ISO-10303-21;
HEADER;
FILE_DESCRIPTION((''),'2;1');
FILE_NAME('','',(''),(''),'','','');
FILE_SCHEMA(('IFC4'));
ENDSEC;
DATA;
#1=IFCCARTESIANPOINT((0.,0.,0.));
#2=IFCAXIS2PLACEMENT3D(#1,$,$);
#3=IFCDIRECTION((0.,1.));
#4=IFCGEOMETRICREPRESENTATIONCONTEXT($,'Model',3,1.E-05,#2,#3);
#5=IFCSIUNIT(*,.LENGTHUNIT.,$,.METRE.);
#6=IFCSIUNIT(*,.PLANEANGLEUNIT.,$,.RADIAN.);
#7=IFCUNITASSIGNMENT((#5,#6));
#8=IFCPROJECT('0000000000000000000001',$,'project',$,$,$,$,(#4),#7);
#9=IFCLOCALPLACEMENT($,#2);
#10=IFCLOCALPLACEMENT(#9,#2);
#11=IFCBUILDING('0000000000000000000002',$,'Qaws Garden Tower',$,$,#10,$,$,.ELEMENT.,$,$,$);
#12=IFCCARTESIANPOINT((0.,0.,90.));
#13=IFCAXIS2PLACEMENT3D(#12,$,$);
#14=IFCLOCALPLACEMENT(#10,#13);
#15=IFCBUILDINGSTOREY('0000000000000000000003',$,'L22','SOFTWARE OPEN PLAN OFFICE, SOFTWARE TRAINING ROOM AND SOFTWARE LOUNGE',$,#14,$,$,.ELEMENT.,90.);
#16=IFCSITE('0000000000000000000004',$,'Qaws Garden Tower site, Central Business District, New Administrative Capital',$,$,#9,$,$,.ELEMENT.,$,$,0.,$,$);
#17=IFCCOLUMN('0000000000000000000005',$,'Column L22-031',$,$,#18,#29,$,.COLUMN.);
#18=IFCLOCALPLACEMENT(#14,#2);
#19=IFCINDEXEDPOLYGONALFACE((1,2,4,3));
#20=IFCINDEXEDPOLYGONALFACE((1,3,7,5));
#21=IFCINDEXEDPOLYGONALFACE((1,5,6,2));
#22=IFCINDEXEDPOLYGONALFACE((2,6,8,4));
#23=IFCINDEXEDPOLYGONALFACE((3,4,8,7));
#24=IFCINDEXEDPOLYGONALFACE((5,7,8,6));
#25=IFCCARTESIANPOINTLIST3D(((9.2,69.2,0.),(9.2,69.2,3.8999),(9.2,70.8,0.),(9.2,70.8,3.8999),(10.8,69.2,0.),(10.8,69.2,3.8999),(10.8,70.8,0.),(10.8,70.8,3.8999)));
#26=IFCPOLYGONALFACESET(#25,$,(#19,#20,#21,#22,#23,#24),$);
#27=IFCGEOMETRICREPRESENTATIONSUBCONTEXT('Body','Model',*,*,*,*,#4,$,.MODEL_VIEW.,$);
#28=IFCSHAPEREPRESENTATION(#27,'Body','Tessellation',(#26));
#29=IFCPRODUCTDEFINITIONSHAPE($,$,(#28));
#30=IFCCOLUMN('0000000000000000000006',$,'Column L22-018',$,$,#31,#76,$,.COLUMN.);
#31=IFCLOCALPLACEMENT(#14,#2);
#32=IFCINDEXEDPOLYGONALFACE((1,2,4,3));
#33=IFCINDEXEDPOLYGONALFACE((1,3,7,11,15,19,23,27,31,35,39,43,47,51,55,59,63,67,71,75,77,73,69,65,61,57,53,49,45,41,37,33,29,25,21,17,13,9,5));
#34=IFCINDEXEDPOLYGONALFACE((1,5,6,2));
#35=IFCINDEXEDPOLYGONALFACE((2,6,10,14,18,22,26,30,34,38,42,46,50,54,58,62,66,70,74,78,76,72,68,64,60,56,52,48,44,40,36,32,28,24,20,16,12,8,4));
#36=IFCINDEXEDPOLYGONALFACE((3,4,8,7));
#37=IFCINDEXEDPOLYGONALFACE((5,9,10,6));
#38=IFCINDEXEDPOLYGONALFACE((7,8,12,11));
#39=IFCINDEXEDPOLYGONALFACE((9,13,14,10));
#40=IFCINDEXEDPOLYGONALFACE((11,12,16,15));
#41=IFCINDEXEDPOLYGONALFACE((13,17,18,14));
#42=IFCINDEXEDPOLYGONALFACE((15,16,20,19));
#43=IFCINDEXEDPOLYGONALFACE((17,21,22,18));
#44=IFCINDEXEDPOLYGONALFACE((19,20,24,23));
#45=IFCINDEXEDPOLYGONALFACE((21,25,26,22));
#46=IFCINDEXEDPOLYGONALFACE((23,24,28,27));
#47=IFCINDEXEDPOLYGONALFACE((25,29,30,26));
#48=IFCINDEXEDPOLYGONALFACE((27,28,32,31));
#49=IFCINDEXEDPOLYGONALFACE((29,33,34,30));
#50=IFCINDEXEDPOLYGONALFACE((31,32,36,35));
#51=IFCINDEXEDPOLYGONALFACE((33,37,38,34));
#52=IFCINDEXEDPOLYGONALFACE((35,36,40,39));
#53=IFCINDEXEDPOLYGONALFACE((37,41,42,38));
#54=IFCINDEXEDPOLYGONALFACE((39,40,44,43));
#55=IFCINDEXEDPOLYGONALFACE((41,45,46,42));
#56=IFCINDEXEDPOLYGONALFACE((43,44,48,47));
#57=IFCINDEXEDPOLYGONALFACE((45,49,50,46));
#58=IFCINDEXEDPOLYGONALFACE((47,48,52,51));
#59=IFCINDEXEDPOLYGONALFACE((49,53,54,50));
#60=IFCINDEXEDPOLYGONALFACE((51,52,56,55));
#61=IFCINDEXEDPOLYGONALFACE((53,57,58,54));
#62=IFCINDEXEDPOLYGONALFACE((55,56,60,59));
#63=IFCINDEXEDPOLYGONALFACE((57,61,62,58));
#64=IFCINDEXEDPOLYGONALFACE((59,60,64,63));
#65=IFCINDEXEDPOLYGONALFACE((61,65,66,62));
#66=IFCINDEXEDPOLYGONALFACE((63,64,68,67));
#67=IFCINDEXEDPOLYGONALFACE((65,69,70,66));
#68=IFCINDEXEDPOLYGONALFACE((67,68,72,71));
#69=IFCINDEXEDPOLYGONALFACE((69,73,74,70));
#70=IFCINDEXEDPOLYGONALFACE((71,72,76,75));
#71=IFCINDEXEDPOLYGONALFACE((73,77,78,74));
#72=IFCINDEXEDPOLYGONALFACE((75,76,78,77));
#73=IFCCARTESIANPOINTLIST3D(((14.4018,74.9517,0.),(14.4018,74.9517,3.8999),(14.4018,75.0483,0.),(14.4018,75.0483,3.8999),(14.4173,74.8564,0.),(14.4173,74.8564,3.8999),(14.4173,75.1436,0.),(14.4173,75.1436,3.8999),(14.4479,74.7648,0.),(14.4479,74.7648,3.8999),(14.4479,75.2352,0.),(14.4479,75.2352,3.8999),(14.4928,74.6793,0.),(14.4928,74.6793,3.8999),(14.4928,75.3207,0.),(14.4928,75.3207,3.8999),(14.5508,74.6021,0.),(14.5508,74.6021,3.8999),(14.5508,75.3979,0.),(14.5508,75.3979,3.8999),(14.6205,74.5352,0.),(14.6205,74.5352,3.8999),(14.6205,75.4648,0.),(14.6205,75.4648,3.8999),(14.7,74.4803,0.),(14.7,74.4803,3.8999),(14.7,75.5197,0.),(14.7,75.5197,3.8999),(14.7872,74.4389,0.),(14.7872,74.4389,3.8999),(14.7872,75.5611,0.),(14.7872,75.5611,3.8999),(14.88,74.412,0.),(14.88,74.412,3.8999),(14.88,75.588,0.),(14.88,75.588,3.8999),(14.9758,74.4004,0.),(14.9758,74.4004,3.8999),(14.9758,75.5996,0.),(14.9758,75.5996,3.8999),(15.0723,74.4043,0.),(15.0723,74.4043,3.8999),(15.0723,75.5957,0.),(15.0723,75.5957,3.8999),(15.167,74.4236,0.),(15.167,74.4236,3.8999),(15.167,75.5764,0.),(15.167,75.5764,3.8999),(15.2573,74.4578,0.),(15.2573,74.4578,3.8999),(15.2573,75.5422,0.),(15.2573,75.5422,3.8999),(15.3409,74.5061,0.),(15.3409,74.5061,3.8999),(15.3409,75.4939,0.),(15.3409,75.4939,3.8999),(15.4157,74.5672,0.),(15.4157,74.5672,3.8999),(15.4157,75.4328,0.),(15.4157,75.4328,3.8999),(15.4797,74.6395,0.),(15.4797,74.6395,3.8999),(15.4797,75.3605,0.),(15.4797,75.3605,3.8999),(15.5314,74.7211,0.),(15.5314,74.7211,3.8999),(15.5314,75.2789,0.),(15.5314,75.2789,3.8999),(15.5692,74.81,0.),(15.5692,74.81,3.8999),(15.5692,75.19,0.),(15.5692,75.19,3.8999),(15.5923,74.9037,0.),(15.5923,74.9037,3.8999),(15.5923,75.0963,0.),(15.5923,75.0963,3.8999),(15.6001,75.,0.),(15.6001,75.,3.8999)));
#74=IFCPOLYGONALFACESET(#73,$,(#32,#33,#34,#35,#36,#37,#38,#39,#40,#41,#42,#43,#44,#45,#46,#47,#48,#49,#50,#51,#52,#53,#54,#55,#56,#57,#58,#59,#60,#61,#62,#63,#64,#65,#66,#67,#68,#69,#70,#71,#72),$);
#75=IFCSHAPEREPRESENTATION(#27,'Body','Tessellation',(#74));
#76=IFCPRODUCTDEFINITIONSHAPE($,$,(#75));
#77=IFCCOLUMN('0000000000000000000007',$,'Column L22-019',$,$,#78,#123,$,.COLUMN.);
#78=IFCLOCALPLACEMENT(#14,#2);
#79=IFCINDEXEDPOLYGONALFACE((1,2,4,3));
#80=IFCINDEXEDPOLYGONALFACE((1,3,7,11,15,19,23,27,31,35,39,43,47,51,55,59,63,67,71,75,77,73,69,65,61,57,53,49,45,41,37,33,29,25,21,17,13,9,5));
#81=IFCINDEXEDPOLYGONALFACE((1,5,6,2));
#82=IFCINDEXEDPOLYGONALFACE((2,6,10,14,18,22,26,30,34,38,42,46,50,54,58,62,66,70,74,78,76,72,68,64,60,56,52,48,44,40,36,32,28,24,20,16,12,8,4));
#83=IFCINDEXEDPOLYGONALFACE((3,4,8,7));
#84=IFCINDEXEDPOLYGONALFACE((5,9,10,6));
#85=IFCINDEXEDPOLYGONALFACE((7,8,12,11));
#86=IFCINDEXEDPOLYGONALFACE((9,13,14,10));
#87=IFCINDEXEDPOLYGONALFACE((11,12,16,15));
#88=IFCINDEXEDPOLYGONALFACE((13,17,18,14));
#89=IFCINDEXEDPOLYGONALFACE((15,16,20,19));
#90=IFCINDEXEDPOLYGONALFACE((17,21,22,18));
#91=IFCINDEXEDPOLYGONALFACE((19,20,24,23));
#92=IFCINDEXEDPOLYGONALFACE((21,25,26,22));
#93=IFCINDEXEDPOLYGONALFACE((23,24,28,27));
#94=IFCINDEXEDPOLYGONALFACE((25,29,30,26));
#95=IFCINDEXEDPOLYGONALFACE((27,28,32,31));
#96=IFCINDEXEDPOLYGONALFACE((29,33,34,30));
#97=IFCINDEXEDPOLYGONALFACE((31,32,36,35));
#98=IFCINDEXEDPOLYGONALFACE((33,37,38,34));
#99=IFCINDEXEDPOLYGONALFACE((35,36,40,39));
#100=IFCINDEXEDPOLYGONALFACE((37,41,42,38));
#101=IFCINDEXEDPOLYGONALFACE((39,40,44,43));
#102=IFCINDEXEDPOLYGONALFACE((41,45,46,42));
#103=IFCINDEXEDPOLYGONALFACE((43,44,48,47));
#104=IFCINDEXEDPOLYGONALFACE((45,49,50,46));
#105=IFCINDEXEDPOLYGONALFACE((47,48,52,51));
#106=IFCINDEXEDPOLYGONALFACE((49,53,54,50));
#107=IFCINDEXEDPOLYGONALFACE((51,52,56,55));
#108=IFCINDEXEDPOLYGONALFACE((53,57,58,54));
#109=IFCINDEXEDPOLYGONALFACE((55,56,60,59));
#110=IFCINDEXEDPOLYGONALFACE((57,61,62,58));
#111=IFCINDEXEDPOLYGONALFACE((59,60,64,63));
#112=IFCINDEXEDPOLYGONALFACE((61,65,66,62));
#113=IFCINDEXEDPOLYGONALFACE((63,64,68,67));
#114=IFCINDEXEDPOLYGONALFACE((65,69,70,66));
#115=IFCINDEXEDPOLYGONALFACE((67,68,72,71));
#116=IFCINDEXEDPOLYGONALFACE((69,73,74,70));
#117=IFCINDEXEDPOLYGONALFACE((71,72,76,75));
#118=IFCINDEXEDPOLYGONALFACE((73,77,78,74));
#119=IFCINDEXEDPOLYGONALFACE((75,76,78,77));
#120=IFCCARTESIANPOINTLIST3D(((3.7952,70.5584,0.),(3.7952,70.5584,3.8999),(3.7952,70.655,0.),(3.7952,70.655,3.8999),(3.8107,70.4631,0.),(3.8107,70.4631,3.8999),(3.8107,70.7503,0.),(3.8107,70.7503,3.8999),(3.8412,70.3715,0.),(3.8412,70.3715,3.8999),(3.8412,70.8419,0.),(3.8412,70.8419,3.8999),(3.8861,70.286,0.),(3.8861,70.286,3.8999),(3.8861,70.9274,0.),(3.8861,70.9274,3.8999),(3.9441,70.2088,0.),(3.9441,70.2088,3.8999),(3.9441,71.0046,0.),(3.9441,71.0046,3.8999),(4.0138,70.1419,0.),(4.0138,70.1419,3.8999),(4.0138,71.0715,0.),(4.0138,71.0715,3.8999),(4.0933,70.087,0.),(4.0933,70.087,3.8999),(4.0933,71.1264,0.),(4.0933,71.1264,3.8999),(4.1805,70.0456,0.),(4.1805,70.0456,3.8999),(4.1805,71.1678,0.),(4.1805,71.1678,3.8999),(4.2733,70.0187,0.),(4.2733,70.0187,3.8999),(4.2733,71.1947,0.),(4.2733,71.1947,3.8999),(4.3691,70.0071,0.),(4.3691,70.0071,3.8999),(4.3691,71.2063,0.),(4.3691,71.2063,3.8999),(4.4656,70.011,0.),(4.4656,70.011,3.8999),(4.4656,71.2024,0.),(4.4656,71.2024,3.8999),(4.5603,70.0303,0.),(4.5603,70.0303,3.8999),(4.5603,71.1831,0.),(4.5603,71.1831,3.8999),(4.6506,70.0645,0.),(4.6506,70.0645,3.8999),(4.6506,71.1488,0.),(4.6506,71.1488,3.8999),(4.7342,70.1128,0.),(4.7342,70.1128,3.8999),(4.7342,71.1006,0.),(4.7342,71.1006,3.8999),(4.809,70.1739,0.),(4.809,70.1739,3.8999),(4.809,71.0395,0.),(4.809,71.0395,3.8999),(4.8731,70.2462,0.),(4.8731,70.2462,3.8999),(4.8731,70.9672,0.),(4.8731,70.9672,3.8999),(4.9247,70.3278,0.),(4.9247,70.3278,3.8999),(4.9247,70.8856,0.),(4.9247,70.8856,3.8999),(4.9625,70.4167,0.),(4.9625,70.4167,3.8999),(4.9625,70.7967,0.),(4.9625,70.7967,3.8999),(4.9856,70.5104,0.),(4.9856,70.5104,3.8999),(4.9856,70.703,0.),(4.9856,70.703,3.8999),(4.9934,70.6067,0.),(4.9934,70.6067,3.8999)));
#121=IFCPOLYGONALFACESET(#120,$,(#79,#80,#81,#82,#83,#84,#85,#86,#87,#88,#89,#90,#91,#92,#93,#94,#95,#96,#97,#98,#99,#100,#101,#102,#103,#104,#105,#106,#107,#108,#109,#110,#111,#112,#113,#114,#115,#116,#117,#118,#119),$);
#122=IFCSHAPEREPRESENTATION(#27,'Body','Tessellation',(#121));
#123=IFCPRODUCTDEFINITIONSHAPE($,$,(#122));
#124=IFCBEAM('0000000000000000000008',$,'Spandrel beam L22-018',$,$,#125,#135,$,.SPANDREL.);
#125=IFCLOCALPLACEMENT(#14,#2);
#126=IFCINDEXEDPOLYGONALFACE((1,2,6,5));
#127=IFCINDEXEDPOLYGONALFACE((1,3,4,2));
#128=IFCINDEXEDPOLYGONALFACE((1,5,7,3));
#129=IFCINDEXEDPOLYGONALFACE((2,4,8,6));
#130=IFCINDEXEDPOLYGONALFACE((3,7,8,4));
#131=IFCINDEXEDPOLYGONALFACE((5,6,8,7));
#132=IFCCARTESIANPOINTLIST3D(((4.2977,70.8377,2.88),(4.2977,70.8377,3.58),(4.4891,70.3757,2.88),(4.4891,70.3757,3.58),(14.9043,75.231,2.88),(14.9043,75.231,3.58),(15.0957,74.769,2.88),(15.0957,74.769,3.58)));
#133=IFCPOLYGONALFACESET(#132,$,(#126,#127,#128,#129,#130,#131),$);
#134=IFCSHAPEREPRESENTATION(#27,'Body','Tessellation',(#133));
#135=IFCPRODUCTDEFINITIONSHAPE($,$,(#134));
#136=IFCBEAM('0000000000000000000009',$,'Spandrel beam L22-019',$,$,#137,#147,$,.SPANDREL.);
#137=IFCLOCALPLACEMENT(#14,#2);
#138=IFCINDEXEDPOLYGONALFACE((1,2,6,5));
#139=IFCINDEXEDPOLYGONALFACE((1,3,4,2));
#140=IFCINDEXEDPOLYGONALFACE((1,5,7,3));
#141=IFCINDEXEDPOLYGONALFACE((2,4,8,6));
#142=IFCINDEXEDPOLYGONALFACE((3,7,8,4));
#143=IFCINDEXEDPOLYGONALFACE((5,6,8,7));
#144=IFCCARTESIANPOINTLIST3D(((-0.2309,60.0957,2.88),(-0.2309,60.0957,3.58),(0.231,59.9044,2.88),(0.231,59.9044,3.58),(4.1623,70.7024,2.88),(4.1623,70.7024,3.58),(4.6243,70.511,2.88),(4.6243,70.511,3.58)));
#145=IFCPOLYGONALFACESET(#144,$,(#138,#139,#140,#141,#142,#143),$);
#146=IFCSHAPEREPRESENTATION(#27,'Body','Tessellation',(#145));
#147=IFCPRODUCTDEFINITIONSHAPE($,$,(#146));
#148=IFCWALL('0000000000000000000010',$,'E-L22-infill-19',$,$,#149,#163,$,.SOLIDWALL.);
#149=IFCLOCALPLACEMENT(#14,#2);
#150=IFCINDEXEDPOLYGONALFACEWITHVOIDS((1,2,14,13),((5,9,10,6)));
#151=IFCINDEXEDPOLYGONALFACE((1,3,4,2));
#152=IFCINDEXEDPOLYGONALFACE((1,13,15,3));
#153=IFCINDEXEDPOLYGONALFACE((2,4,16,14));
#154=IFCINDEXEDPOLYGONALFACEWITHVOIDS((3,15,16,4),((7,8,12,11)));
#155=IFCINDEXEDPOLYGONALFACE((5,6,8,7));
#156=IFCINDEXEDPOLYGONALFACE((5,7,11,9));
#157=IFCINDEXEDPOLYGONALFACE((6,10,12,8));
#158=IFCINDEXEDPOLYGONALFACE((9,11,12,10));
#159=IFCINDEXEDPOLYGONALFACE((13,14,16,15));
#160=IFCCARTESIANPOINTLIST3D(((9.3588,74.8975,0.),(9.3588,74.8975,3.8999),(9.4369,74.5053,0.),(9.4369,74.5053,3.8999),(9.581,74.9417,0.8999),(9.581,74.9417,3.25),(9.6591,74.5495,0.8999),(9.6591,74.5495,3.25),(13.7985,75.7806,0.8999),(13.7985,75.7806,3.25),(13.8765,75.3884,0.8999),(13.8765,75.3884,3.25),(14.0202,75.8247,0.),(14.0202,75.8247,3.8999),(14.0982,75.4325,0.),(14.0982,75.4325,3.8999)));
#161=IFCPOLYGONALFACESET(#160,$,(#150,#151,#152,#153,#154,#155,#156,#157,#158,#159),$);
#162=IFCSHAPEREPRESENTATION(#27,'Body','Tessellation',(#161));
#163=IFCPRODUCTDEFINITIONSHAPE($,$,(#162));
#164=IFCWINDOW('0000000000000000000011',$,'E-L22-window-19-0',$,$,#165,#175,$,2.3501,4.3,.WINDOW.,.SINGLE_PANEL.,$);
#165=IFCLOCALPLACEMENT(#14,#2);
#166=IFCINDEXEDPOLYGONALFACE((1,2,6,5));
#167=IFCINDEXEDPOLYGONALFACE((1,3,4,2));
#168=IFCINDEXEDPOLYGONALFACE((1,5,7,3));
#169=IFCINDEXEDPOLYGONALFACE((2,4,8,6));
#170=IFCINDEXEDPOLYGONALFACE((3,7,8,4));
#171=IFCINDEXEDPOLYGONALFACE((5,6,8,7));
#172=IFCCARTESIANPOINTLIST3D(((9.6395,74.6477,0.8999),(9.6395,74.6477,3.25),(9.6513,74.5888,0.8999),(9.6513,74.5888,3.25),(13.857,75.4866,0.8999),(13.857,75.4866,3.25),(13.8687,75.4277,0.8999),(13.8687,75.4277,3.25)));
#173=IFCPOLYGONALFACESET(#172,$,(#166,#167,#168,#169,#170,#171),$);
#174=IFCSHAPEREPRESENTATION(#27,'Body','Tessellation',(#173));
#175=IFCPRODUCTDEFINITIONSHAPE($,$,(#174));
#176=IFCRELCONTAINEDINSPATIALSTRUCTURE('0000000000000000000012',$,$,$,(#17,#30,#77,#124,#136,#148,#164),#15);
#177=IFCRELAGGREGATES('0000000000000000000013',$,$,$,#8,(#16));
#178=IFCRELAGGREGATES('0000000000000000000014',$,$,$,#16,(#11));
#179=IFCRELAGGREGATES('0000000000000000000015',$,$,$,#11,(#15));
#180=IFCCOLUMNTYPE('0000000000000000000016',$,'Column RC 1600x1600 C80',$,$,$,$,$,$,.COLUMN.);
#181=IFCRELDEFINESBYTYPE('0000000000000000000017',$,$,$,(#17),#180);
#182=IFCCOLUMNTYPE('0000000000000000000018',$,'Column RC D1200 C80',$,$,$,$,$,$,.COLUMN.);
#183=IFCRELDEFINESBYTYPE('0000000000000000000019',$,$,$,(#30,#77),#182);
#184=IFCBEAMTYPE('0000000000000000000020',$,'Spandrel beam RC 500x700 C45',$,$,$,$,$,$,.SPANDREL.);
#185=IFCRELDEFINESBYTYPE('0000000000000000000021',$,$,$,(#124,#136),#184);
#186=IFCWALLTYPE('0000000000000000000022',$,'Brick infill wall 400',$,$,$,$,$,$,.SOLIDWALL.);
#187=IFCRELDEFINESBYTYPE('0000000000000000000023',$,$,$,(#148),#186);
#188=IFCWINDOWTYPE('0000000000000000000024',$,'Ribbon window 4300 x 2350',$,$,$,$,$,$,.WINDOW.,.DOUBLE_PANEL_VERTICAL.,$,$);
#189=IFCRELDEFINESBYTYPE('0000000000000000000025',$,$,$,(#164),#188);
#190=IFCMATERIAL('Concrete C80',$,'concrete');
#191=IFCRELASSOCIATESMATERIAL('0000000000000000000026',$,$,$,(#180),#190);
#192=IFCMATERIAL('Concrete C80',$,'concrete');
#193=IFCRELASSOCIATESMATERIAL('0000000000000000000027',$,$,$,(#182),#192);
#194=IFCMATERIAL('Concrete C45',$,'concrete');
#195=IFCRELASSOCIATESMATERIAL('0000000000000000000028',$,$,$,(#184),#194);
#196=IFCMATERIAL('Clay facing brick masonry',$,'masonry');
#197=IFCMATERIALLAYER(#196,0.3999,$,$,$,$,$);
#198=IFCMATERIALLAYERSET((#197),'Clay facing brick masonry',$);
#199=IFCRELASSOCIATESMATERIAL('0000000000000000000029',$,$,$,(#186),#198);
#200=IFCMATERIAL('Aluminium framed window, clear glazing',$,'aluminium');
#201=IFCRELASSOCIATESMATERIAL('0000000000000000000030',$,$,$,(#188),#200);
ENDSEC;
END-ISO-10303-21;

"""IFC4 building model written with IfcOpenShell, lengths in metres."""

from ifc_helpers import new_model, si_unit, direction, frame, frame_2d, origin, origin_2d, place, context, subcontext, project, spatial, rectangle, circle, extrude, material, layer, layer_set, material_profile, profile_set, type_object, element, fill, save


model = new_model("IFC4")

# Units and contexts
model_context = context("Model", 3, precision=1e-05, world=origin(), true_north=direction((0.0, 1.0)))
body_context = subcontext(model_context, "Body", "Model", "MODEL_VIEW")
ifc_project = project(units=[si_unit("LENGTHUNIT", "METRE"), si_unit("PLANEANGLEUNIT", "RADIAN")], contexts=[model_context])

# Site, building, storey
site_placement = place(None, origin())
site = spatial("IfcSite", under=ifc_project, at=site_placement, Name="Qaws Garden Tower site, Central Business District, New Administrative Capital", CompositionType="ELEMENT", RefElevation=0.0)
building_placement = place(site_placement, origin())
building = spatial("IfcBuilding", under=site, at=building_placement, Name="Qaws Garden Tower", CompositionType="ELEMENT")
storey_placement = place(building_placement, frame((0.0, 0.0, 90.0)))
storey = spatial("IfcBuildingStorey", under=building, at=storey_placement, Name="L22", Description="SOFTWARE OPEN PLAN OFFICE, SOFTWARE TRAINING ROOM AND SOFTWARE LOUNGE", CompositionType="ELEMENT", Elevation=90.0)

# Columns
ifc_material_1 = material(Name="Concrete C80", Category="concrete")
ifc_material_profile_1 = material_profile(ifc_material_1, rectangle(XDim=1.6001, YDim=1.6001, at=origin_2d()), Name="RC 1600x1600")
ifc_profile_set_1 = profile_set([ifc_material_profile_1], Name="Concrete C80")
column_type_1 = type_object("IfcColumnType", Name="Column RC 1600x1600 C80", PredefinedType="COLUMN", material=ifc_profile_set_1)
column_placement = place(storey_placement, frame((10.0, 70.0, 0.0), z_axis=(0.0, 0.0, 1.0), x_axis=(1.0, 0.0, 0.0)))
element("IfcColumn", 1, at=column_placement, inside=storey, type_object=column_type_1, Name="Column L22-031", PredefinedType="COLUMN", context=body_context, shape_type="SweptSolid", body=[
    extrude(rectangle(XDim=1.6001, YDim=1.6001, at=origin_2d()), origin(), (0.0, 0.0, 1.0), 3.8999),
])
ifc_material_2 = material(Name="Concrete C80", Category="concrete")
ifc_material_profile_2 = material_profile(ifc_material_2, circle(Radius=0.6001, at=origin_2d()), Name="RC D1200")
ifc_profile_set_2 = profile_set([ifc_material_profile_2], Name="Concrete C80")
column_type_2 = type_object("IfcColumnType", Name="Column RC D1200 C80", PredefinedType="COLUMN", material=ifc_profile_set_2)
for number, where, z_axis, x_axis, name in (
    (2, (15.0, 75.0, 0.0), (0.0, 0.0, 1.0), (1.0, 0.0, 0.0), "Column L22-018"),
    (3, (4.3933, 70.6067, 0.0), (0.0, 0.0, 1.0), (1.0, 0.0, 0.0), "Column L22-019"),
):
    element("IfcColumn", number, at=place(storey_placement, frame(where, z_axis=z_axis, x_axis=x_axis)), inside=storey, type_object=column_type_2, Name=name, PredefinedType="COLUMN", context=body_context, shape_type="SweptSolid", body=[
        extrude(circle(Radius=0.6001, at=origin_2d()), origin(), (0.0, 0.0, 1.0), 3.8999),
    ])

# Beams
ifc_material_3 = material(Name="Concrete C45", Category="concrete")
ifc_material_profile_3 = material_profile(ifc_material_3, rectangle(XDim=0.5, YDim=0.7, at=origin_2d()), Name="RC 500x700")
ifc_profile_set_3 = profile_set([ifc_material_profile_3], Name="Concrete C45")
beam_type = type_object("IfcBeamType", Name="Spandrel beam RC 500x700 C45", PredefinedType="SPANDREL", material=ifc_profile_set_3)
for number, where, z_axis, x_axis, name in (
    (4, (15.0, 75.0, 3.23), (-0.923883, -0.382674, 0.0), (0.382674, -0.923883, 0.0), "Spandrel beam L22-018"),
    (5, (4.3933, 70.6067, 3.23), (-0.382674, -0.923883, 0.0), (0.923883, -0.382674, 0.0), "Spandrel beam L22-019"),
):
    element("IfcBeam", number, at=place(storey_placement, frame(where, z_axis=z_axis, x_axis=x_axis)), inside=storey, type_object=beam_type, Name=name, PredefinedType="SPANDREL", context=body_context, shape_type="SweptSolid", body=[
        extrude(rectangle(XDim=0.5, YDim=0.7, at=origin_2d()), origin(), (0.0, 0.0, 1.0), 11.4805),
    ])

# Wall, opening, window
ifc_material_4 = material(Name="Clay facing brick masonry", Category="masonry")
ifc_layer_1 = layer(ifc_material_4, 0.3999)
ifc_layer_set_1 = layer_set([ifc_layer_1], Name="Clay facing brick masonry")
wall_type_1 = type_object("IfcWallType", Name="Brick infill wall 400", PredefinedType="SOLIDWALL", material=ifc_layer_set_1)
wall_1_placement = place(storey_placement, frame((14.0593, 75.6287, 0.0), z_axis=(0.0, 0.0, 1.0), x_axis=(-0.980784, -0.195099, 0.0)))
wall_1 = element("IfcWall", 6, at=wall_1_placement, inside=storey, type_object=wall_type_1, Name="E-L22-infill-19", PredefinedType="SOLIDWALL", context=body_context, shape_type="SweptSolid", body=[
    extrude(rectangle(XDim=4.7527, YDim=0.3999, at=frame_2d((2.3765, 0.0))), origin(), (0.0, 0.0, 1.0), 3.8999),
])
opening_1_placement = place(wall_1_placement, frame((0.2263, 0.0, 0.8999)))
opening_1 = element("IfcOpeningElement", 7, at=opening_1_placement, cuts=wall_1, PredefinedType="OPENING", context=body_context, shape_type="SweptSolid", body=[
    extrude(rectangle(XDim=4.3, YDim=2.3501, at=frame_2d((2.1499, 1.175))), frame((0.0, 0.21, 0.0), z_axis=(0.0, -1.0, 0.0), x_axis=(1.0, 0.0, 0.0)), (0.0, 0.0, 1.0), 0.4199),
])
ifc_material_5 = material(Name="Aluminium framed window, clear glazing", Category="aluminium")
window_type = type_object("IfcWindowType", Name="Ribbon window 4300 x 2350", PartitioningType="DOUBLE_PANEL_VERTICAL", PredefinedType="WINDOW", material=ifc_material_5)
window_1_placement = place(opening_1_placement, origin())
window_1 = element("IfcWindow", 8, at=window_1_placement, inside=storey, type_object=window_type, Name="E-L22-window-19-0", OverallHeight=2.3501, OverallWidth=4.3, PartitioningType="SINGLE_PANEL", PredefinedType="WINDOW", context=body_context, shape_type="SweptSolid", body=[
    extrude(rectangle(XDim=4.3, YDim=2.3501, at=frame_2d((2.1499, 1.175))), frame((0.0, 0.1599, 0.0), z_axis=(0.0, -1.0, 0.0), x_axis=(1.0, 0.0, 0.0)), (0.0, 0.0, 1.0), 0.0601),
])
fill(opening_1, window_1)

save(model, "model.ifc")
